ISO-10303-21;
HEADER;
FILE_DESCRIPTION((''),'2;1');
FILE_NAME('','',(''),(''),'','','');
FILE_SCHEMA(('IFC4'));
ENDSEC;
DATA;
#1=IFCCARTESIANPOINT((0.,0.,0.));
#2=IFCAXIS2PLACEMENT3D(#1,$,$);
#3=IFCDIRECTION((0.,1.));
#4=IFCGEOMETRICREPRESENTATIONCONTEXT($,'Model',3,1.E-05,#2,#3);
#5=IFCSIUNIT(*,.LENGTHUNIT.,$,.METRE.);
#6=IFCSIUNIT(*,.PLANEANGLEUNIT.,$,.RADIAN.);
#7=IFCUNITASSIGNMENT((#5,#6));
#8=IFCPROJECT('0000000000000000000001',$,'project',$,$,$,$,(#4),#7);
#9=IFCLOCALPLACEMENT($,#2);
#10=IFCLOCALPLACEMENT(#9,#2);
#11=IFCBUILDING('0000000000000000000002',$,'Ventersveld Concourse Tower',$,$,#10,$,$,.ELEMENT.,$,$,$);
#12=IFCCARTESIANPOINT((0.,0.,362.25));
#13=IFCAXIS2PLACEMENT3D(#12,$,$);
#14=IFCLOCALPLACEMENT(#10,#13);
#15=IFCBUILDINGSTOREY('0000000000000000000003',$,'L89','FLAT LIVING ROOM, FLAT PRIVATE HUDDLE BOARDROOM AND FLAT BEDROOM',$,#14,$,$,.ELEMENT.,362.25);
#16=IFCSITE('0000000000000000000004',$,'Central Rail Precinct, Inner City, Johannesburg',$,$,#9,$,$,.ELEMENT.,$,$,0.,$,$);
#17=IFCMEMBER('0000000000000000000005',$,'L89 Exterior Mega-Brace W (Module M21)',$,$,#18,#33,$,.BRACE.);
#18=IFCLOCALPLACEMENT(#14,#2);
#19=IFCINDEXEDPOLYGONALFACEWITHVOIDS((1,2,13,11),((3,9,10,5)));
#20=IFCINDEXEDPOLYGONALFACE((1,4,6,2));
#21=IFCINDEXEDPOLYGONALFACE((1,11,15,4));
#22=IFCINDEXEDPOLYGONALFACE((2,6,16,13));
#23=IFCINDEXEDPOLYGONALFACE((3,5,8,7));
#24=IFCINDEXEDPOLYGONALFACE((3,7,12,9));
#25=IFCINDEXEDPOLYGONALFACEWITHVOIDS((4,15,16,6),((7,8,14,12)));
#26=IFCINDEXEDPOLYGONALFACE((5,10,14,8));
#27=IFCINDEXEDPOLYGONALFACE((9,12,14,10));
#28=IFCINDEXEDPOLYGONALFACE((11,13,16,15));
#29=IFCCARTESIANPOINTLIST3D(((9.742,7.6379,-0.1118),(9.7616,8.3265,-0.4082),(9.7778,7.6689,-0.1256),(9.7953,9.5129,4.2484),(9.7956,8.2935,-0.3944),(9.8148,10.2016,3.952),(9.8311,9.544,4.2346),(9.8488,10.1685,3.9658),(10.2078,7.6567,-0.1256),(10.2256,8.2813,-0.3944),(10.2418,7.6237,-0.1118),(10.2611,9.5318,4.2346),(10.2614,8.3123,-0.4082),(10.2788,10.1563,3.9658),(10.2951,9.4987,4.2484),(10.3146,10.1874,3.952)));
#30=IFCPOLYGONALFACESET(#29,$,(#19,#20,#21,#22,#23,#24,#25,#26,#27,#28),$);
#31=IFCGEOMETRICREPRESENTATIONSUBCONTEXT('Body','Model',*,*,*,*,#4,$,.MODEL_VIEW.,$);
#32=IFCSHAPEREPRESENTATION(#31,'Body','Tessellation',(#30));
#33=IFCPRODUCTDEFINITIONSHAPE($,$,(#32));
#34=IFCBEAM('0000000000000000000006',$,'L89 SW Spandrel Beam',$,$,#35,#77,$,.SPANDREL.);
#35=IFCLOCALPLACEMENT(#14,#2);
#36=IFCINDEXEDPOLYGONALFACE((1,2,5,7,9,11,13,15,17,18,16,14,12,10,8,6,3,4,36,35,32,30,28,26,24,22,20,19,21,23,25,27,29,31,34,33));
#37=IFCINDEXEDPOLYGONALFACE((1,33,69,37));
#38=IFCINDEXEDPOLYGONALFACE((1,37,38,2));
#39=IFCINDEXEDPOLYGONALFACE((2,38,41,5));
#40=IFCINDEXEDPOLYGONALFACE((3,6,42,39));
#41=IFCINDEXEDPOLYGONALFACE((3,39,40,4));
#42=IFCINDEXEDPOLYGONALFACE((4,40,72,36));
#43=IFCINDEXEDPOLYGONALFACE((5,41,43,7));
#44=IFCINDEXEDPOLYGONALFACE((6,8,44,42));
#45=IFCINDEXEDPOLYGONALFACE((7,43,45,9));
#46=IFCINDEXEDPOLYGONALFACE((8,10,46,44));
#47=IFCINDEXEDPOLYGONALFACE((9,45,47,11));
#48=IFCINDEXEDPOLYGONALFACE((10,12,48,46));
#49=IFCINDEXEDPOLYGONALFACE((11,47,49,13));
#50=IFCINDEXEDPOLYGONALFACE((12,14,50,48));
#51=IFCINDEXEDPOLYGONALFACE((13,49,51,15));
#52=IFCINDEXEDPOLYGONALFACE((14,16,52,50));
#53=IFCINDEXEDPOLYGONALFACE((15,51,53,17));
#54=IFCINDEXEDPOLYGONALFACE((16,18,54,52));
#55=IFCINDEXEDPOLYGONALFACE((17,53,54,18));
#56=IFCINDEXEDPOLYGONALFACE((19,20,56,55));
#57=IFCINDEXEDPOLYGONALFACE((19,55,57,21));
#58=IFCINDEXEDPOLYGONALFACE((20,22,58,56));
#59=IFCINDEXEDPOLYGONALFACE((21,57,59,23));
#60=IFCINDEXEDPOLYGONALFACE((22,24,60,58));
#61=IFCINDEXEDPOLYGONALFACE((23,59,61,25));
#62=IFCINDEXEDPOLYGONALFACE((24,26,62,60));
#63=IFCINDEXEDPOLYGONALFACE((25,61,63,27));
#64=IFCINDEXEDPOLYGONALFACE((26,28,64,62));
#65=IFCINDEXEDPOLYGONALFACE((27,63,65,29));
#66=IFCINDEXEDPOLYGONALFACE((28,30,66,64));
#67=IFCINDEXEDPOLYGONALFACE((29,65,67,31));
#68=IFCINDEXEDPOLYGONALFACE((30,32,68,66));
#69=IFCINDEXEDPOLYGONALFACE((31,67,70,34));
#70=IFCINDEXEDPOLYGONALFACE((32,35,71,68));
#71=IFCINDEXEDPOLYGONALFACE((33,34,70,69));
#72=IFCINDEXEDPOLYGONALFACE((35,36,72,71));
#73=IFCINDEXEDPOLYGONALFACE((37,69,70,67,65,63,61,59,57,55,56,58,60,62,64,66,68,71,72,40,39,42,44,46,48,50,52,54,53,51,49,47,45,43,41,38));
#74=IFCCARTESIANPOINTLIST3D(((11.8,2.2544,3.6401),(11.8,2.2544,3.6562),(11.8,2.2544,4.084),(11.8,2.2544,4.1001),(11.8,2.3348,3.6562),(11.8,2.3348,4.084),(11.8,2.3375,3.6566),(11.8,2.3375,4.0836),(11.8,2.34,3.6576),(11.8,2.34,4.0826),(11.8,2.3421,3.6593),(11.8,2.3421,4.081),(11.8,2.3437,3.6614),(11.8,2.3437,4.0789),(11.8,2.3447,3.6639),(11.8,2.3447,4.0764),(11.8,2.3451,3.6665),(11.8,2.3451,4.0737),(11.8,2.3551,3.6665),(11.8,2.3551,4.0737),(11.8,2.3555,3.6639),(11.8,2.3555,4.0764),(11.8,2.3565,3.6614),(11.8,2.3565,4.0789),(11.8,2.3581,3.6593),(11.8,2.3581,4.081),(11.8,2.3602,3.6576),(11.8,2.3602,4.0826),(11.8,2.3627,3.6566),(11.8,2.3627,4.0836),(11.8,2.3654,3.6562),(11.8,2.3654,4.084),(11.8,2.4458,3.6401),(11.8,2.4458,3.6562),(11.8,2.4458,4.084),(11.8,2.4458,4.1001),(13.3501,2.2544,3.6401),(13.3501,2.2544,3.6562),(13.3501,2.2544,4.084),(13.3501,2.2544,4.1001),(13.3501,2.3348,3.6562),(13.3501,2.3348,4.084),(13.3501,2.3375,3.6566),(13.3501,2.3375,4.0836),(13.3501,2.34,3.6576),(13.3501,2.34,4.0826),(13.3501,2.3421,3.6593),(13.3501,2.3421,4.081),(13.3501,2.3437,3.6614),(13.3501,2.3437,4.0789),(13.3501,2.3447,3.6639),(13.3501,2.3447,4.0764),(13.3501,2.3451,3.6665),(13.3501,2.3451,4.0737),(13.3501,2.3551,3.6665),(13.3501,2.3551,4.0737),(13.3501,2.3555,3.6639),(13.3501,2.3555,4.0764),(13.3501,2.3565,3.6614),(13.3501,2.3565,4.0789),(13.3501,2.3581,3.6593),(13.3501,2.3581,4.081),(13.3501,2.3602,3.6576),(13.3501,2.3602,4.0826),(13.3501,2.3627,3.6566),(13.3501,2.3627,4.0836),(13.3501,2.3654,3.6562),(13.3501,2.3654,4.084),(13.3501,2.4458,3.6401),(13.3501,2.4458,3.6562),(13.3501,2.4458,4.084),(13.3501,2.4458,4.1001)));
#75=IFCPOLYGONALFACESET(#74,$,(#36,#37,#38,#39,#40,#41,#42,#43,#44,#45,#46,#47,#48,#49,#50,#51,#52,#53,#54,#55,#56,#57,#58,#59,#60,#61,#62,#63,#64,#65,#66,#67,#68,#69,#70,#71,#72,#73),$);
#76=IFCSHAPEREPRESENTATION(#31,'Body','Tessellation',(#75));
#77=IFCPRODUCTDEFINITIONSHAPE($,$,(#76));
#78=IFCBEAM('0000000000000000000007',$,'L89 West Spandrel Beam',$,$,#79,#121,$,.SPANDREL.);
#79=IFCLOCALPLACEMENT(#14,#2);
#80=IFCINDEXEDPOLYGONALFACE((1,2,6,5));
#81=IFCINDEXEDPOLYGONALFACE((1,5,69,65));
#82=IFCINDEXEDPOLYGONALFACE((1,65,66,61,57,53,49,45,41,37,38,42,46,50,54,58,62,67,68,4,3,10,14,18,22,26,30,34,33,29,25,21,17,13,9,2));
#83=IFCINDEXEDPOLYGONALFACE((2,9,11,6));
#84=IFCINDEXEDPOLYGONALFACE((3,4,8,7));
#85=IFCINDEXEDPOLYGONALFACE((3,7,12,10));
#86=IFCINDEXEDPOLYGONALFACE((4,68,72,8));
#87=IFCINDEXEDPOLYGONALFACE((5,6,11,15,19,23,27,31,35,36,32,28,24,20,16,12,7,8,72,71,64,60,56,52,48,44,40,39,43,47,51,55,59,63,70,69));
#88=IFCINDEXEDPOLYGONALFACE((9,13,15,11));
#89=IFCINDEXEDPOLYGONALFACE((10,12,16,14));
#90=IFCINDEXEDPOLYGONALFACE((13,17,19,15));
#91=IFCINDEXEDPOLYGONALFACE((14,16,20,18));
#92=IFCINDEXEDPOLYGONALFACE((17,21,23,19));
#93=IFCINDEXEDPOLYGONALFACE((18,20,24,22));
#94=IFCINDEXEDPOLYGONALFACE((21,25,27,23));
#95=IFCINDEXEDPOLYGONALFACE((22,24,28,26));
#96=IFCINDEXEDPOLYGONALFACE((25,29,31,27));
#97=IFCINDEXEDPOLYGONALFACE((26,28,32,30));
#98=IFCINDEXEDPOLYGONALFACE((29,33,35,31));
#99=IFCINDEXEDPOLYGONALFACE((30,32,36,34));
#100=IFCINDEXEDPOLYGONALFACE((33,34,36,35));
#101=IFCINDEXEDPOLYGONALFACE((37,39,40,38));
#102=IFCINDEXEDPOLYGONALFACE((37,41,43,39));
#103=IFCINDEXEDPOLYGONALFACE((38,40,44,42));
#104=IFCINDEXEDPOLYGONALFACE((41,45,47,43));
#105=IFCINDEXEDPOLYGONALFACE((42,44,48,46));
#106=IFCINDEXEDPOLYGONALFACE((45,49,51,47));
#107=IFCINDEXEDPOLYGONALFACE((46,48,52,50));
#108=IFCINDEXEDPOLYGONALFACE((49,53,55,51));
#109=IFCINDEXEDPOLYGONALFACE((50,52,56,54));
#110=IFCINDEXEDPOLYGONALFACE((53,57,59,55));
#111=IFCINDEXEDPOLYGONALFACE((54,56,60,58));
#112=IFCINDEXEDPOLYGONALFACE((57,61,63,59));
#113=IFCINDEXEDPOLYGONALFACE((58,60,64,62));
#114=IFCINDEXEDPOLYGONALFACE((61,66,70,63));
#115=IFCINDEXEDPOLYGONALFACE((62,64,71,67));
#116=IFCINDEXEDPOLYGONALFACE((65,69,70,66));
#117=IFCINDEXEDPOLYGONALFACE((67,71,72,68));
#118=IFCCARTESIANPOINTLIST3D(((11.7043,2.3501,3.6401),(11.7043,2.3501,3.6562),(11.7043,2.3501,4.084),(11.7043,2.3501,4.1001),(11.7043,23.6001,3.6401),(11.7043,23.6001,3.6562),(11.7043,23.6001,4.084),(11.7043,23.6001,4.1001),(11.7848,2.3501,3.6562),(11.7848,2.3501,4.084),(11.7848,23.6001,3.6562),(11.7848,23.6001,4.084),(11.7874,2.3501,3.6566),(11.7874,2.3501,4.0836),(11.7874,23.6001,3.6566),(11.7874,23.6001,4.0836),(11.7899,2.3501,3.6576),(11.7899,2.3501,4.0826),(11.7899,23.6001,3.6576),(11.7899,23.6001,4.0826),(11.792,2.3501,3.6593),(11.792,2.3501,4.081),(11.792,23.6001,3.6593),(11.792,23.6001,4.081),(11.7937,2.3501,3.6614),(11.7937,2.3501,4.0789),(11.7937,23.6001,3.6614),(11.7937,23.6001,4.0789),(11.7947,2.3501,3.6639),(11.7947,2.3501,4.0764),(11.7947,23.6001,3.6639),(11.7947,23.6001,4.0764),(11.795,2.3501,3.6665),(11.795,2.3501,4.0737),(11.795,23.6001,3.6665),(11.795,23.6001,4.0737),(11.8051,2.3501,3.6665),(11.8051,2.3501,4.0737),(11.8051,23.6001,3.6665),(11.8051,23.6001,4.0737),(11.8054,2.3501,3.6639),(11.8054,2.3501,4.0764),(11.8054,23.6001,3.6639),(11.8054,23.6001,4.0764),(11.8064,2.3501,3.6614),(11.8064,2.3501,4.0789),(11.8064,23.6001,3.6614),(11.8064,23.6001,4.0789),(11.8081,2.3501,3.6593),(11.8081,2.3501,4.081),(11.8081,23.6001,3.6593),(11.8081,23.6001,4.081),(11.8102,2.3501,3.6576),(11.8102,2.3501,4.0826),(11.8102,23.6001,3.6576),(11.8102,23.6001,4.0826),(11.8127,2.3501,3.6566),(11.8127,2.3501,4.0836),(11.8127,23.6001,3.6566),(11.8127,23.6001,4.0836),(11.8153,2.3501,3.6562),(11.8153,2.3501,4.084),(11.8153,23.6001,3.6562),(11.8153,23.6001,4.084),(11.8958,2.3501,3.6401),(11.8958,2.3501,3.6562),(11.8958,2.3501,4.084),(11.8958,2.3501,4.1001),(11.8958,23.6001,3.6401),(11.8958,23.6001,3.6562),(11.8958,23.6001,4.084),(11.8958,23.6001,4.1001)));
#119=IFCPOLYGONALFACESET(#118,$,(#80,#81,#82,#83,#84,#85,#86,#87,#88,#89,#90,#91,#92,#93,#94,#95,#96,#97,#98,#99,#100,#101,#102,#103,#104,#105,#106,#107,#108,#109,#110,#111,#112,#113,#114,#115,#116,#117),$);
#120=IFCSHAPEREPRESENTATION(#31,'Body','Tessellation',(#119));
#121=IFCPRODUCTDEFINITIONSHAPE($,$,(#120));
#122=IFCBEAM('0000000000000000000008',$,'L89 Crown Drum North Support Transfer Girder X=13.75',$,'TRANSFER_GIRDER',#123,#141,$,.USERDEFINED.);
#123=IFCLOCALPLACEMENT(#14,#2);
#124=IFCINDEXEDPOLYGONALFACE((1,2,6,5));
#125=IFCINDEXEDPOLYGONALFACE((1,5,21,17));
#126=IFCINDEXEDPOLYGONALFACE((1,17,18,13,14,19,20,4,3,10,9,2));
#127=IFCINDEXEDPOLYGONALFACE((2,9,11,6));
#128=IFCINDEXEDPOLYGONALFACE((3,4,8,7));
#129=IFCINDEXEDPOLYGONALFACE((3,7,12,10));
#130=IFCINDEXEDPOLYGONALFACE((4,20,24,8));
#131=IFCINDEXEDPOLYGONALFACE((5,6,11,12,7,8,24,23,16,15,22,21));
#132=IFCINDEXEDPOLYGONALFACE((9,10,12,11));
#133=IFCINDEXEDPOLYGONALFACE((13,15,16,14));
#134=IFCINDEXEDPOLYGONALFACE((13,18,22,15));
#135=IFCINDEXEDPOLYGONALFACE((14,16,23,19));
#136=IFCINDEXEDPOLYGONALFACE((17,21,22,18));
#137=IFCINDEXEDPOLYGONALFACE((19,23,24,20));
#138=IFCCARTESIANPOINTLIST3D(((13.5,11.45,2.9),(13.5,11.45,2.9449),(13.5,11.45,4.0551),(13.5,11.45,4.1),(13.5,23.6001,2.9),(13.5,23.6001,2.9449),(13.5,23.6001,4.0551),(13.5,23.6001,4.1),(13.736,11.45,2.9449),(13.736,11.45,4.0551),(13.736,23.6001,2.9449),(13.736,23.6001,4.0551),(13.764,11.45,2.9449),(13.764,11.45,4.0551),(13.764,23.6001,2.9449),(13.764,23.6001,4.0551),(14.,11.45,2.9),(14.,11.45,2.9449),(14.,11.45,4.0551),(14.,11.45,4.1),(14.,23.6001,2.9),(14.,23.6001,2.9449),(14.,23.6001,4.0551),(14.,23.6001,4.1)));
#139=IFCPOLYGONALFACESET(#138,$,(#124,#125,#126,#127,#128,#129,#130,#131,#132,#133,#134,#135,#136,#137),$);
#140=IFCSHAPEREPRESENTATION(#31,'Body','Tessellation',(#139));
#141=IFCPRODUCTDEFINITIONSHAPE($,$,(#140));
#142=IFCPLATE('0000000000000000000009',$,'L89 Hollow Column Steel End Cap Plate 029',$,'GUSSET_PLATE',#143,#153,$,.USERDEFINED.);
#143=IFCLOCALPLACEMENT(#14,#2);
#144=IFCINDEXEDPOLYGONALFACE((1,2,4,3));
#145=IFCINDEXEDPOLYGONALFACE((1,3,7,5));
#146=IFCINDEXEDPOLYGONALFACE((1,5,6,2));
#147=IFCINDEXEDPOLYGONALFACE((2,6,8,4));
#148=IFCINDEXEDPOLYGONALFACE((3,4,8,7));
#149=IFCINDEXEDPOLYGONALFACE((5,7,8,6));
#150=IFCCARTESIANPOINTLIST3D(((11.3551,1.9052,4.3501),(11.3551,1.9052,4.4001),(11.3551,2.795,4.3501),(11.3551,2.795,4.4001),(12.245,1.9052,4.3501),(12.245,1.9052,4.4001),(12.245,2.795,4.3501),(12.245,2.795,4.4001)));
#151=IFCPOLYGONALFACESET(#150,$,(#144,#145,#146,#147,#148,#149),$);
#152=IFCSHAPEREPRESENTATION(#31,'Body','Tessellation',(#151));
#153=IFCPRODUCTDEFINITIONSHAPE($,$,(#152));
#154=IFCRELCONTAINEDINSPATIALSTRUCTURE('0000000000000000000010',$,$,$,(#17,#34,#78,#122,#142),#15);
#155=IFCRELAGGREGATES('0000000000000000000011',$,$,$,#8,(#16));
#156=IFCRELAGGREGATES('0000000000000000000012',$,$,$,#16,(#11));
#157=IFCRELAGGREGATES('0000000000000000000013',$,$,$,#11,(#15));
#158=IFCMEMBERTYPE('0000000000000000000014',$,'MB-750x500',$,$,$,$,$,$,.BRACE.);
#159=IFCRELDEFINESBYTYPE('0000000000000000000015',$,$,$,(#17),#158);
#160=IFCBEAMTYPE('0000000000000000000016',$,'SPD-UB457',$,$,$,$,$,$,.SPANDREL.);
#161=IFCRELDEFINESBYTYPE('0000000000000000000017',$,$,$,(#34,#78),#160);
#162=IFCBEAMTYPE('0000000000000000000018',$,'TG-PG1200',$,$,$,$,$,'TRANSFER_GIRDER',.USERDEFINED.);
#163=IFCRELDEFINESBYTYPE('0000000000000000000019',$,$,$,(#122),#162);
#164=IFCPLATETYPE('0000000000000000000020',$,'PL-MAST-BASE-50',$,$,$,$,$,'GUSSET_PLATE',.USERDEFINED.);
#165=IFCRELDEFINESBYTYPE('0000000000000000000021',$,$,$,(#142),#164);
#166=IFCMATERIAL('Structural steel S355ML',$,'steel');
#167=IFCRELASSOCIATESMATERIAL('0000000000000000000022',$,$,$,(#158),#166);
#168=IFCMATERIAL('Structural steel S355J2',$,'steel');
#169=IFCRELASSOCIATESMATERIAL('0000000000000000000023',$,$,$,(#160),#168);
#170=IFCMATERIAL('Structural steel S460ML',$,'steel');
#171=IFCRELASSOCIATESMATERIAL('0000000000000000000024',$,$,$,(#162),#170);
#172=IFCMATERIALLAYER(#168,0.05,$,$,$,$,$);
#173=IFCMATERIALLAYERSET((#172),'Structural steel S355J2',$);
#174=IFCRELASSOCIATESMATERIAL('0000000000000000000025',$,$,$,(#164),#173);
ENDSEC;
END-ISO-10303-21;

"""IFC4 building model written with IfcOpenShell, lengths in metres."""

from ifc_helpers import new_model, si_unit, direction, frame, origin, origin_2d, place, context, subcontext, project, spatial, rectangle, hollow_rectangle, i_section, extrude, material, layer, layer_set, material_profile, profile_set, type_object, element, save


model = new_model("IFC4")

# Units and contexts
model_context = context("Model", 3, precision=1e-05, world=origin(), true_north=direction((0.0, 1.0)))
body_context = subcontext(model_context, "Body", "Model", "MODEL_VIEW")
ifc_project = project(units=[si_unit("LENGTHUNIT", "METRE"), si_unit("PLANEANGLEUNIT", "RADIAN")], contexts=[model_context])

# Site, building, storey
site_placement = place(None, origin())
site = spatial("IfcSite", under=ifc_project, at=site_placement, Name="Central Rail Precinct, Inner City, Johannesburg", CompositionType="ELEMENT", RefElevation=0.0)
building_placement = place(site_placement, origin())
building = spatial("IfcBuilding", under=site, at=building_placement, Name="Ventersveld Concourse Tower", CompositionType="ELEMENT")
storey_placement = place(building_placement, frame((0.0, 0.0, 362.25)))
storey = spatial("IfcBuildingStorey", under=building, at=storey_placement, Name="L89", Description="FLAT LIVING ROOM, FLAT PRIVATE HUDDLE BOARDROOM AND FLAT BEDROOM", CompositionType="ELEMENT", Elevation=362.25)

# Shared definitions
ifc_material_1 = material(Name="Structural steel S460ML", Category="steel")

# Shared definitions
ifc_material_2 = material(Name="Structural steel S355J2", Category="steel")

# Member
ifc_material_3 = material(Name="Structural steel S355ML", Category="steel")
ifc_material_profile_1 = material_profile(ifc_material_3, hollow_rectangle(XDim=0.5, YDim=0.75, WallThickness=0.0349, at=origin_2d()), Name="BOX 750x500x35")
ifc_profile_set_1 = profile_set([ifc_material_profile_1], Name="Structural steel S355ML")
member_type = type_object("IfcMemberType", Name="MB-750x500", PredefinedType="BRACE", material=ifc_profile_set_1)
member_placement = place(storey_placement, frame((10.0017, 7.9751, -0.26), z_axis=(0.011213, 0.39503, 0.9186), x_axis=(-0.999597, 0.028374, 0.0)))
element("IfcMember", 1, at=member_placement, inside=storey, type_object=member_type, Name="L89 Exterior Mega-Brace W (Module M21)", PredefinedType="BRACE", context=body_context, shape_type="SweptSolid", body=[
    extrude(hollow_rectangle(XDim=0.5, YDim=0.75, WallThickness=0.0349, at=origin_2d()), origin(), (0.0, 0.0, 1.0), 4.7466),
])

# Beams
ifc_material_profile_2 = material_profile(ifc_material_2, i_section(OverallWidth=0.1914, OverallDepth=0.46, WebThickness=0.01, FlangeThickness=0.0161, FilletRadius=0.0103, at=origin_2d()), Name="UB 457x191x82")
ifc_profile_set_2 = profile_set([ifc_material_profile_2], Name="Structural steel S355J2")
beam_type_1 = type_object("IfcBeamType", Name="SPD-UB457", PredefinedType="SPANDREL", material=ifc_profile_set_2)
beam_1_placement = place(storey_placement, frame((11.8, 2.3501, 3.8701), z_axis=(1.0, 0.0, 0.0), x_axis=(0.0, 1.0, 0.0)))
element("IfcBeam", 2, at=beam_1_placement, inside=storey, type_object=beam_type_1, Name="L89 SW Spandrel Beam", PredefinedType="SPANDREL", context=body_context, shape_type="SweptSolid", body=[
    extrude(i_section(OverallWidth=0.1914, OverallDepth=0.46, WebThickness=0.01, FlangeThickness=0.0161, FilletRadius=0.0103, at=origin_2d()), origin(), (0.0, 0.0, 1.0), 1.55),
])
beam_2_placement = place(storey_placement, frame((11.8, 2.3501, 3.8701), z_axis=(0.0, 1.0, 0.0), x_axis=(-1.0, 0.0, 0.0)))
element("IfcBeam", 3, at=beam_2_placement, inside=storey, type_object=beam_type_1, Name="L89 West Spandrel Beam", PredefinedType="SPANDREL", context=body_context, shape_type="SweptSolid", body=[
    extrude(i_section(OverallWidth=0.1914, OverallDepth=0.46, WebThickness=0.01, FlangeThickness=0.0161, FilletRadius=0.0103, at=origin_2d()), origin(), (0.0, 0.0, 1.0), 21.25),
])
ifc_material_profile_3 = material_profile(ifc_material_1, i_section(OverallWidth=0.5, OverallDepth=1.2, WebThickness=0.0281, FlangeThickness=0.0449, at=origin_2d()), Name="PG 1200x500x45")
ifc_profile_set_3 = profile_set([ifc_material_profile_3], Name="Structural steel S460ML")
beam_type_2 = type_object("IfcBeamType", Name="TG-PG1200", ElementType="TRANSFER_GIRDER", PredefinedType="USERDEFINED", material=ifc_profile_set_3)
beam_3_placement = place(storey_placement, frame((13.75, 11.45, 3.5), z_axis=(0.0, 1.0, 0.0), x_axis=(-1.0, 0.0, 0.0)))
element("IfcBeam", 4, at=beam_3_placement, inside=storey, type_object=beam_type_2, Name="L89 Crown Drum North Support Transfer Girder X=13.75", ObjectType="TRANSFER_GIRDER", PredefinedType="USERDEFINED", context=body_context, shape_type="SweptSolid", body=[
    extrude(i_section(OverallWidth=0.5, OverallDepth=1.2, WebThickness=0.0281, FlangeThickness=0.0449, at=origin_2d()), origin(), (0.0, 0.0, 1.0), 12.1501),
])

# Plate
ifc_layer_1 = layer(ifc_material_2, 0.05)
ifc_layer_set_1 = layer_set([ifc_layer_1], Name="Structural steel S355J2")
plate_type = type_object("IfcPlateType", Name="PL-MAST-BASE-50", ElementType="GUSSET_PLATE", PredefinedType="USERDEFINED", material=ifc_layer_set_1)
plate_placement = place(storey_placement, frame((11.8, 2.3501, 4.3501), z_axis=(0.0, 0.0, 1.0), x_axis=(1.0, 0.0, 0.0)))
element("IfcPlate", 5, at=plate_placement, inside=storey, type_object=plate_type, Name="L89 Hollow Column Steel End Cap Plate 029", ObjectType="GUSSET_PLATE", PredefinedType="USERDEFINED", context=body_context, shape_type="SweptSolid", body=[
    extrude(rectangle(XDim=0.8899, YDim=0.8899, at=origin_2d()), origin(), (0.0, 0.0, 1.0), 0.05),
])

save(model, "model.ifc")
